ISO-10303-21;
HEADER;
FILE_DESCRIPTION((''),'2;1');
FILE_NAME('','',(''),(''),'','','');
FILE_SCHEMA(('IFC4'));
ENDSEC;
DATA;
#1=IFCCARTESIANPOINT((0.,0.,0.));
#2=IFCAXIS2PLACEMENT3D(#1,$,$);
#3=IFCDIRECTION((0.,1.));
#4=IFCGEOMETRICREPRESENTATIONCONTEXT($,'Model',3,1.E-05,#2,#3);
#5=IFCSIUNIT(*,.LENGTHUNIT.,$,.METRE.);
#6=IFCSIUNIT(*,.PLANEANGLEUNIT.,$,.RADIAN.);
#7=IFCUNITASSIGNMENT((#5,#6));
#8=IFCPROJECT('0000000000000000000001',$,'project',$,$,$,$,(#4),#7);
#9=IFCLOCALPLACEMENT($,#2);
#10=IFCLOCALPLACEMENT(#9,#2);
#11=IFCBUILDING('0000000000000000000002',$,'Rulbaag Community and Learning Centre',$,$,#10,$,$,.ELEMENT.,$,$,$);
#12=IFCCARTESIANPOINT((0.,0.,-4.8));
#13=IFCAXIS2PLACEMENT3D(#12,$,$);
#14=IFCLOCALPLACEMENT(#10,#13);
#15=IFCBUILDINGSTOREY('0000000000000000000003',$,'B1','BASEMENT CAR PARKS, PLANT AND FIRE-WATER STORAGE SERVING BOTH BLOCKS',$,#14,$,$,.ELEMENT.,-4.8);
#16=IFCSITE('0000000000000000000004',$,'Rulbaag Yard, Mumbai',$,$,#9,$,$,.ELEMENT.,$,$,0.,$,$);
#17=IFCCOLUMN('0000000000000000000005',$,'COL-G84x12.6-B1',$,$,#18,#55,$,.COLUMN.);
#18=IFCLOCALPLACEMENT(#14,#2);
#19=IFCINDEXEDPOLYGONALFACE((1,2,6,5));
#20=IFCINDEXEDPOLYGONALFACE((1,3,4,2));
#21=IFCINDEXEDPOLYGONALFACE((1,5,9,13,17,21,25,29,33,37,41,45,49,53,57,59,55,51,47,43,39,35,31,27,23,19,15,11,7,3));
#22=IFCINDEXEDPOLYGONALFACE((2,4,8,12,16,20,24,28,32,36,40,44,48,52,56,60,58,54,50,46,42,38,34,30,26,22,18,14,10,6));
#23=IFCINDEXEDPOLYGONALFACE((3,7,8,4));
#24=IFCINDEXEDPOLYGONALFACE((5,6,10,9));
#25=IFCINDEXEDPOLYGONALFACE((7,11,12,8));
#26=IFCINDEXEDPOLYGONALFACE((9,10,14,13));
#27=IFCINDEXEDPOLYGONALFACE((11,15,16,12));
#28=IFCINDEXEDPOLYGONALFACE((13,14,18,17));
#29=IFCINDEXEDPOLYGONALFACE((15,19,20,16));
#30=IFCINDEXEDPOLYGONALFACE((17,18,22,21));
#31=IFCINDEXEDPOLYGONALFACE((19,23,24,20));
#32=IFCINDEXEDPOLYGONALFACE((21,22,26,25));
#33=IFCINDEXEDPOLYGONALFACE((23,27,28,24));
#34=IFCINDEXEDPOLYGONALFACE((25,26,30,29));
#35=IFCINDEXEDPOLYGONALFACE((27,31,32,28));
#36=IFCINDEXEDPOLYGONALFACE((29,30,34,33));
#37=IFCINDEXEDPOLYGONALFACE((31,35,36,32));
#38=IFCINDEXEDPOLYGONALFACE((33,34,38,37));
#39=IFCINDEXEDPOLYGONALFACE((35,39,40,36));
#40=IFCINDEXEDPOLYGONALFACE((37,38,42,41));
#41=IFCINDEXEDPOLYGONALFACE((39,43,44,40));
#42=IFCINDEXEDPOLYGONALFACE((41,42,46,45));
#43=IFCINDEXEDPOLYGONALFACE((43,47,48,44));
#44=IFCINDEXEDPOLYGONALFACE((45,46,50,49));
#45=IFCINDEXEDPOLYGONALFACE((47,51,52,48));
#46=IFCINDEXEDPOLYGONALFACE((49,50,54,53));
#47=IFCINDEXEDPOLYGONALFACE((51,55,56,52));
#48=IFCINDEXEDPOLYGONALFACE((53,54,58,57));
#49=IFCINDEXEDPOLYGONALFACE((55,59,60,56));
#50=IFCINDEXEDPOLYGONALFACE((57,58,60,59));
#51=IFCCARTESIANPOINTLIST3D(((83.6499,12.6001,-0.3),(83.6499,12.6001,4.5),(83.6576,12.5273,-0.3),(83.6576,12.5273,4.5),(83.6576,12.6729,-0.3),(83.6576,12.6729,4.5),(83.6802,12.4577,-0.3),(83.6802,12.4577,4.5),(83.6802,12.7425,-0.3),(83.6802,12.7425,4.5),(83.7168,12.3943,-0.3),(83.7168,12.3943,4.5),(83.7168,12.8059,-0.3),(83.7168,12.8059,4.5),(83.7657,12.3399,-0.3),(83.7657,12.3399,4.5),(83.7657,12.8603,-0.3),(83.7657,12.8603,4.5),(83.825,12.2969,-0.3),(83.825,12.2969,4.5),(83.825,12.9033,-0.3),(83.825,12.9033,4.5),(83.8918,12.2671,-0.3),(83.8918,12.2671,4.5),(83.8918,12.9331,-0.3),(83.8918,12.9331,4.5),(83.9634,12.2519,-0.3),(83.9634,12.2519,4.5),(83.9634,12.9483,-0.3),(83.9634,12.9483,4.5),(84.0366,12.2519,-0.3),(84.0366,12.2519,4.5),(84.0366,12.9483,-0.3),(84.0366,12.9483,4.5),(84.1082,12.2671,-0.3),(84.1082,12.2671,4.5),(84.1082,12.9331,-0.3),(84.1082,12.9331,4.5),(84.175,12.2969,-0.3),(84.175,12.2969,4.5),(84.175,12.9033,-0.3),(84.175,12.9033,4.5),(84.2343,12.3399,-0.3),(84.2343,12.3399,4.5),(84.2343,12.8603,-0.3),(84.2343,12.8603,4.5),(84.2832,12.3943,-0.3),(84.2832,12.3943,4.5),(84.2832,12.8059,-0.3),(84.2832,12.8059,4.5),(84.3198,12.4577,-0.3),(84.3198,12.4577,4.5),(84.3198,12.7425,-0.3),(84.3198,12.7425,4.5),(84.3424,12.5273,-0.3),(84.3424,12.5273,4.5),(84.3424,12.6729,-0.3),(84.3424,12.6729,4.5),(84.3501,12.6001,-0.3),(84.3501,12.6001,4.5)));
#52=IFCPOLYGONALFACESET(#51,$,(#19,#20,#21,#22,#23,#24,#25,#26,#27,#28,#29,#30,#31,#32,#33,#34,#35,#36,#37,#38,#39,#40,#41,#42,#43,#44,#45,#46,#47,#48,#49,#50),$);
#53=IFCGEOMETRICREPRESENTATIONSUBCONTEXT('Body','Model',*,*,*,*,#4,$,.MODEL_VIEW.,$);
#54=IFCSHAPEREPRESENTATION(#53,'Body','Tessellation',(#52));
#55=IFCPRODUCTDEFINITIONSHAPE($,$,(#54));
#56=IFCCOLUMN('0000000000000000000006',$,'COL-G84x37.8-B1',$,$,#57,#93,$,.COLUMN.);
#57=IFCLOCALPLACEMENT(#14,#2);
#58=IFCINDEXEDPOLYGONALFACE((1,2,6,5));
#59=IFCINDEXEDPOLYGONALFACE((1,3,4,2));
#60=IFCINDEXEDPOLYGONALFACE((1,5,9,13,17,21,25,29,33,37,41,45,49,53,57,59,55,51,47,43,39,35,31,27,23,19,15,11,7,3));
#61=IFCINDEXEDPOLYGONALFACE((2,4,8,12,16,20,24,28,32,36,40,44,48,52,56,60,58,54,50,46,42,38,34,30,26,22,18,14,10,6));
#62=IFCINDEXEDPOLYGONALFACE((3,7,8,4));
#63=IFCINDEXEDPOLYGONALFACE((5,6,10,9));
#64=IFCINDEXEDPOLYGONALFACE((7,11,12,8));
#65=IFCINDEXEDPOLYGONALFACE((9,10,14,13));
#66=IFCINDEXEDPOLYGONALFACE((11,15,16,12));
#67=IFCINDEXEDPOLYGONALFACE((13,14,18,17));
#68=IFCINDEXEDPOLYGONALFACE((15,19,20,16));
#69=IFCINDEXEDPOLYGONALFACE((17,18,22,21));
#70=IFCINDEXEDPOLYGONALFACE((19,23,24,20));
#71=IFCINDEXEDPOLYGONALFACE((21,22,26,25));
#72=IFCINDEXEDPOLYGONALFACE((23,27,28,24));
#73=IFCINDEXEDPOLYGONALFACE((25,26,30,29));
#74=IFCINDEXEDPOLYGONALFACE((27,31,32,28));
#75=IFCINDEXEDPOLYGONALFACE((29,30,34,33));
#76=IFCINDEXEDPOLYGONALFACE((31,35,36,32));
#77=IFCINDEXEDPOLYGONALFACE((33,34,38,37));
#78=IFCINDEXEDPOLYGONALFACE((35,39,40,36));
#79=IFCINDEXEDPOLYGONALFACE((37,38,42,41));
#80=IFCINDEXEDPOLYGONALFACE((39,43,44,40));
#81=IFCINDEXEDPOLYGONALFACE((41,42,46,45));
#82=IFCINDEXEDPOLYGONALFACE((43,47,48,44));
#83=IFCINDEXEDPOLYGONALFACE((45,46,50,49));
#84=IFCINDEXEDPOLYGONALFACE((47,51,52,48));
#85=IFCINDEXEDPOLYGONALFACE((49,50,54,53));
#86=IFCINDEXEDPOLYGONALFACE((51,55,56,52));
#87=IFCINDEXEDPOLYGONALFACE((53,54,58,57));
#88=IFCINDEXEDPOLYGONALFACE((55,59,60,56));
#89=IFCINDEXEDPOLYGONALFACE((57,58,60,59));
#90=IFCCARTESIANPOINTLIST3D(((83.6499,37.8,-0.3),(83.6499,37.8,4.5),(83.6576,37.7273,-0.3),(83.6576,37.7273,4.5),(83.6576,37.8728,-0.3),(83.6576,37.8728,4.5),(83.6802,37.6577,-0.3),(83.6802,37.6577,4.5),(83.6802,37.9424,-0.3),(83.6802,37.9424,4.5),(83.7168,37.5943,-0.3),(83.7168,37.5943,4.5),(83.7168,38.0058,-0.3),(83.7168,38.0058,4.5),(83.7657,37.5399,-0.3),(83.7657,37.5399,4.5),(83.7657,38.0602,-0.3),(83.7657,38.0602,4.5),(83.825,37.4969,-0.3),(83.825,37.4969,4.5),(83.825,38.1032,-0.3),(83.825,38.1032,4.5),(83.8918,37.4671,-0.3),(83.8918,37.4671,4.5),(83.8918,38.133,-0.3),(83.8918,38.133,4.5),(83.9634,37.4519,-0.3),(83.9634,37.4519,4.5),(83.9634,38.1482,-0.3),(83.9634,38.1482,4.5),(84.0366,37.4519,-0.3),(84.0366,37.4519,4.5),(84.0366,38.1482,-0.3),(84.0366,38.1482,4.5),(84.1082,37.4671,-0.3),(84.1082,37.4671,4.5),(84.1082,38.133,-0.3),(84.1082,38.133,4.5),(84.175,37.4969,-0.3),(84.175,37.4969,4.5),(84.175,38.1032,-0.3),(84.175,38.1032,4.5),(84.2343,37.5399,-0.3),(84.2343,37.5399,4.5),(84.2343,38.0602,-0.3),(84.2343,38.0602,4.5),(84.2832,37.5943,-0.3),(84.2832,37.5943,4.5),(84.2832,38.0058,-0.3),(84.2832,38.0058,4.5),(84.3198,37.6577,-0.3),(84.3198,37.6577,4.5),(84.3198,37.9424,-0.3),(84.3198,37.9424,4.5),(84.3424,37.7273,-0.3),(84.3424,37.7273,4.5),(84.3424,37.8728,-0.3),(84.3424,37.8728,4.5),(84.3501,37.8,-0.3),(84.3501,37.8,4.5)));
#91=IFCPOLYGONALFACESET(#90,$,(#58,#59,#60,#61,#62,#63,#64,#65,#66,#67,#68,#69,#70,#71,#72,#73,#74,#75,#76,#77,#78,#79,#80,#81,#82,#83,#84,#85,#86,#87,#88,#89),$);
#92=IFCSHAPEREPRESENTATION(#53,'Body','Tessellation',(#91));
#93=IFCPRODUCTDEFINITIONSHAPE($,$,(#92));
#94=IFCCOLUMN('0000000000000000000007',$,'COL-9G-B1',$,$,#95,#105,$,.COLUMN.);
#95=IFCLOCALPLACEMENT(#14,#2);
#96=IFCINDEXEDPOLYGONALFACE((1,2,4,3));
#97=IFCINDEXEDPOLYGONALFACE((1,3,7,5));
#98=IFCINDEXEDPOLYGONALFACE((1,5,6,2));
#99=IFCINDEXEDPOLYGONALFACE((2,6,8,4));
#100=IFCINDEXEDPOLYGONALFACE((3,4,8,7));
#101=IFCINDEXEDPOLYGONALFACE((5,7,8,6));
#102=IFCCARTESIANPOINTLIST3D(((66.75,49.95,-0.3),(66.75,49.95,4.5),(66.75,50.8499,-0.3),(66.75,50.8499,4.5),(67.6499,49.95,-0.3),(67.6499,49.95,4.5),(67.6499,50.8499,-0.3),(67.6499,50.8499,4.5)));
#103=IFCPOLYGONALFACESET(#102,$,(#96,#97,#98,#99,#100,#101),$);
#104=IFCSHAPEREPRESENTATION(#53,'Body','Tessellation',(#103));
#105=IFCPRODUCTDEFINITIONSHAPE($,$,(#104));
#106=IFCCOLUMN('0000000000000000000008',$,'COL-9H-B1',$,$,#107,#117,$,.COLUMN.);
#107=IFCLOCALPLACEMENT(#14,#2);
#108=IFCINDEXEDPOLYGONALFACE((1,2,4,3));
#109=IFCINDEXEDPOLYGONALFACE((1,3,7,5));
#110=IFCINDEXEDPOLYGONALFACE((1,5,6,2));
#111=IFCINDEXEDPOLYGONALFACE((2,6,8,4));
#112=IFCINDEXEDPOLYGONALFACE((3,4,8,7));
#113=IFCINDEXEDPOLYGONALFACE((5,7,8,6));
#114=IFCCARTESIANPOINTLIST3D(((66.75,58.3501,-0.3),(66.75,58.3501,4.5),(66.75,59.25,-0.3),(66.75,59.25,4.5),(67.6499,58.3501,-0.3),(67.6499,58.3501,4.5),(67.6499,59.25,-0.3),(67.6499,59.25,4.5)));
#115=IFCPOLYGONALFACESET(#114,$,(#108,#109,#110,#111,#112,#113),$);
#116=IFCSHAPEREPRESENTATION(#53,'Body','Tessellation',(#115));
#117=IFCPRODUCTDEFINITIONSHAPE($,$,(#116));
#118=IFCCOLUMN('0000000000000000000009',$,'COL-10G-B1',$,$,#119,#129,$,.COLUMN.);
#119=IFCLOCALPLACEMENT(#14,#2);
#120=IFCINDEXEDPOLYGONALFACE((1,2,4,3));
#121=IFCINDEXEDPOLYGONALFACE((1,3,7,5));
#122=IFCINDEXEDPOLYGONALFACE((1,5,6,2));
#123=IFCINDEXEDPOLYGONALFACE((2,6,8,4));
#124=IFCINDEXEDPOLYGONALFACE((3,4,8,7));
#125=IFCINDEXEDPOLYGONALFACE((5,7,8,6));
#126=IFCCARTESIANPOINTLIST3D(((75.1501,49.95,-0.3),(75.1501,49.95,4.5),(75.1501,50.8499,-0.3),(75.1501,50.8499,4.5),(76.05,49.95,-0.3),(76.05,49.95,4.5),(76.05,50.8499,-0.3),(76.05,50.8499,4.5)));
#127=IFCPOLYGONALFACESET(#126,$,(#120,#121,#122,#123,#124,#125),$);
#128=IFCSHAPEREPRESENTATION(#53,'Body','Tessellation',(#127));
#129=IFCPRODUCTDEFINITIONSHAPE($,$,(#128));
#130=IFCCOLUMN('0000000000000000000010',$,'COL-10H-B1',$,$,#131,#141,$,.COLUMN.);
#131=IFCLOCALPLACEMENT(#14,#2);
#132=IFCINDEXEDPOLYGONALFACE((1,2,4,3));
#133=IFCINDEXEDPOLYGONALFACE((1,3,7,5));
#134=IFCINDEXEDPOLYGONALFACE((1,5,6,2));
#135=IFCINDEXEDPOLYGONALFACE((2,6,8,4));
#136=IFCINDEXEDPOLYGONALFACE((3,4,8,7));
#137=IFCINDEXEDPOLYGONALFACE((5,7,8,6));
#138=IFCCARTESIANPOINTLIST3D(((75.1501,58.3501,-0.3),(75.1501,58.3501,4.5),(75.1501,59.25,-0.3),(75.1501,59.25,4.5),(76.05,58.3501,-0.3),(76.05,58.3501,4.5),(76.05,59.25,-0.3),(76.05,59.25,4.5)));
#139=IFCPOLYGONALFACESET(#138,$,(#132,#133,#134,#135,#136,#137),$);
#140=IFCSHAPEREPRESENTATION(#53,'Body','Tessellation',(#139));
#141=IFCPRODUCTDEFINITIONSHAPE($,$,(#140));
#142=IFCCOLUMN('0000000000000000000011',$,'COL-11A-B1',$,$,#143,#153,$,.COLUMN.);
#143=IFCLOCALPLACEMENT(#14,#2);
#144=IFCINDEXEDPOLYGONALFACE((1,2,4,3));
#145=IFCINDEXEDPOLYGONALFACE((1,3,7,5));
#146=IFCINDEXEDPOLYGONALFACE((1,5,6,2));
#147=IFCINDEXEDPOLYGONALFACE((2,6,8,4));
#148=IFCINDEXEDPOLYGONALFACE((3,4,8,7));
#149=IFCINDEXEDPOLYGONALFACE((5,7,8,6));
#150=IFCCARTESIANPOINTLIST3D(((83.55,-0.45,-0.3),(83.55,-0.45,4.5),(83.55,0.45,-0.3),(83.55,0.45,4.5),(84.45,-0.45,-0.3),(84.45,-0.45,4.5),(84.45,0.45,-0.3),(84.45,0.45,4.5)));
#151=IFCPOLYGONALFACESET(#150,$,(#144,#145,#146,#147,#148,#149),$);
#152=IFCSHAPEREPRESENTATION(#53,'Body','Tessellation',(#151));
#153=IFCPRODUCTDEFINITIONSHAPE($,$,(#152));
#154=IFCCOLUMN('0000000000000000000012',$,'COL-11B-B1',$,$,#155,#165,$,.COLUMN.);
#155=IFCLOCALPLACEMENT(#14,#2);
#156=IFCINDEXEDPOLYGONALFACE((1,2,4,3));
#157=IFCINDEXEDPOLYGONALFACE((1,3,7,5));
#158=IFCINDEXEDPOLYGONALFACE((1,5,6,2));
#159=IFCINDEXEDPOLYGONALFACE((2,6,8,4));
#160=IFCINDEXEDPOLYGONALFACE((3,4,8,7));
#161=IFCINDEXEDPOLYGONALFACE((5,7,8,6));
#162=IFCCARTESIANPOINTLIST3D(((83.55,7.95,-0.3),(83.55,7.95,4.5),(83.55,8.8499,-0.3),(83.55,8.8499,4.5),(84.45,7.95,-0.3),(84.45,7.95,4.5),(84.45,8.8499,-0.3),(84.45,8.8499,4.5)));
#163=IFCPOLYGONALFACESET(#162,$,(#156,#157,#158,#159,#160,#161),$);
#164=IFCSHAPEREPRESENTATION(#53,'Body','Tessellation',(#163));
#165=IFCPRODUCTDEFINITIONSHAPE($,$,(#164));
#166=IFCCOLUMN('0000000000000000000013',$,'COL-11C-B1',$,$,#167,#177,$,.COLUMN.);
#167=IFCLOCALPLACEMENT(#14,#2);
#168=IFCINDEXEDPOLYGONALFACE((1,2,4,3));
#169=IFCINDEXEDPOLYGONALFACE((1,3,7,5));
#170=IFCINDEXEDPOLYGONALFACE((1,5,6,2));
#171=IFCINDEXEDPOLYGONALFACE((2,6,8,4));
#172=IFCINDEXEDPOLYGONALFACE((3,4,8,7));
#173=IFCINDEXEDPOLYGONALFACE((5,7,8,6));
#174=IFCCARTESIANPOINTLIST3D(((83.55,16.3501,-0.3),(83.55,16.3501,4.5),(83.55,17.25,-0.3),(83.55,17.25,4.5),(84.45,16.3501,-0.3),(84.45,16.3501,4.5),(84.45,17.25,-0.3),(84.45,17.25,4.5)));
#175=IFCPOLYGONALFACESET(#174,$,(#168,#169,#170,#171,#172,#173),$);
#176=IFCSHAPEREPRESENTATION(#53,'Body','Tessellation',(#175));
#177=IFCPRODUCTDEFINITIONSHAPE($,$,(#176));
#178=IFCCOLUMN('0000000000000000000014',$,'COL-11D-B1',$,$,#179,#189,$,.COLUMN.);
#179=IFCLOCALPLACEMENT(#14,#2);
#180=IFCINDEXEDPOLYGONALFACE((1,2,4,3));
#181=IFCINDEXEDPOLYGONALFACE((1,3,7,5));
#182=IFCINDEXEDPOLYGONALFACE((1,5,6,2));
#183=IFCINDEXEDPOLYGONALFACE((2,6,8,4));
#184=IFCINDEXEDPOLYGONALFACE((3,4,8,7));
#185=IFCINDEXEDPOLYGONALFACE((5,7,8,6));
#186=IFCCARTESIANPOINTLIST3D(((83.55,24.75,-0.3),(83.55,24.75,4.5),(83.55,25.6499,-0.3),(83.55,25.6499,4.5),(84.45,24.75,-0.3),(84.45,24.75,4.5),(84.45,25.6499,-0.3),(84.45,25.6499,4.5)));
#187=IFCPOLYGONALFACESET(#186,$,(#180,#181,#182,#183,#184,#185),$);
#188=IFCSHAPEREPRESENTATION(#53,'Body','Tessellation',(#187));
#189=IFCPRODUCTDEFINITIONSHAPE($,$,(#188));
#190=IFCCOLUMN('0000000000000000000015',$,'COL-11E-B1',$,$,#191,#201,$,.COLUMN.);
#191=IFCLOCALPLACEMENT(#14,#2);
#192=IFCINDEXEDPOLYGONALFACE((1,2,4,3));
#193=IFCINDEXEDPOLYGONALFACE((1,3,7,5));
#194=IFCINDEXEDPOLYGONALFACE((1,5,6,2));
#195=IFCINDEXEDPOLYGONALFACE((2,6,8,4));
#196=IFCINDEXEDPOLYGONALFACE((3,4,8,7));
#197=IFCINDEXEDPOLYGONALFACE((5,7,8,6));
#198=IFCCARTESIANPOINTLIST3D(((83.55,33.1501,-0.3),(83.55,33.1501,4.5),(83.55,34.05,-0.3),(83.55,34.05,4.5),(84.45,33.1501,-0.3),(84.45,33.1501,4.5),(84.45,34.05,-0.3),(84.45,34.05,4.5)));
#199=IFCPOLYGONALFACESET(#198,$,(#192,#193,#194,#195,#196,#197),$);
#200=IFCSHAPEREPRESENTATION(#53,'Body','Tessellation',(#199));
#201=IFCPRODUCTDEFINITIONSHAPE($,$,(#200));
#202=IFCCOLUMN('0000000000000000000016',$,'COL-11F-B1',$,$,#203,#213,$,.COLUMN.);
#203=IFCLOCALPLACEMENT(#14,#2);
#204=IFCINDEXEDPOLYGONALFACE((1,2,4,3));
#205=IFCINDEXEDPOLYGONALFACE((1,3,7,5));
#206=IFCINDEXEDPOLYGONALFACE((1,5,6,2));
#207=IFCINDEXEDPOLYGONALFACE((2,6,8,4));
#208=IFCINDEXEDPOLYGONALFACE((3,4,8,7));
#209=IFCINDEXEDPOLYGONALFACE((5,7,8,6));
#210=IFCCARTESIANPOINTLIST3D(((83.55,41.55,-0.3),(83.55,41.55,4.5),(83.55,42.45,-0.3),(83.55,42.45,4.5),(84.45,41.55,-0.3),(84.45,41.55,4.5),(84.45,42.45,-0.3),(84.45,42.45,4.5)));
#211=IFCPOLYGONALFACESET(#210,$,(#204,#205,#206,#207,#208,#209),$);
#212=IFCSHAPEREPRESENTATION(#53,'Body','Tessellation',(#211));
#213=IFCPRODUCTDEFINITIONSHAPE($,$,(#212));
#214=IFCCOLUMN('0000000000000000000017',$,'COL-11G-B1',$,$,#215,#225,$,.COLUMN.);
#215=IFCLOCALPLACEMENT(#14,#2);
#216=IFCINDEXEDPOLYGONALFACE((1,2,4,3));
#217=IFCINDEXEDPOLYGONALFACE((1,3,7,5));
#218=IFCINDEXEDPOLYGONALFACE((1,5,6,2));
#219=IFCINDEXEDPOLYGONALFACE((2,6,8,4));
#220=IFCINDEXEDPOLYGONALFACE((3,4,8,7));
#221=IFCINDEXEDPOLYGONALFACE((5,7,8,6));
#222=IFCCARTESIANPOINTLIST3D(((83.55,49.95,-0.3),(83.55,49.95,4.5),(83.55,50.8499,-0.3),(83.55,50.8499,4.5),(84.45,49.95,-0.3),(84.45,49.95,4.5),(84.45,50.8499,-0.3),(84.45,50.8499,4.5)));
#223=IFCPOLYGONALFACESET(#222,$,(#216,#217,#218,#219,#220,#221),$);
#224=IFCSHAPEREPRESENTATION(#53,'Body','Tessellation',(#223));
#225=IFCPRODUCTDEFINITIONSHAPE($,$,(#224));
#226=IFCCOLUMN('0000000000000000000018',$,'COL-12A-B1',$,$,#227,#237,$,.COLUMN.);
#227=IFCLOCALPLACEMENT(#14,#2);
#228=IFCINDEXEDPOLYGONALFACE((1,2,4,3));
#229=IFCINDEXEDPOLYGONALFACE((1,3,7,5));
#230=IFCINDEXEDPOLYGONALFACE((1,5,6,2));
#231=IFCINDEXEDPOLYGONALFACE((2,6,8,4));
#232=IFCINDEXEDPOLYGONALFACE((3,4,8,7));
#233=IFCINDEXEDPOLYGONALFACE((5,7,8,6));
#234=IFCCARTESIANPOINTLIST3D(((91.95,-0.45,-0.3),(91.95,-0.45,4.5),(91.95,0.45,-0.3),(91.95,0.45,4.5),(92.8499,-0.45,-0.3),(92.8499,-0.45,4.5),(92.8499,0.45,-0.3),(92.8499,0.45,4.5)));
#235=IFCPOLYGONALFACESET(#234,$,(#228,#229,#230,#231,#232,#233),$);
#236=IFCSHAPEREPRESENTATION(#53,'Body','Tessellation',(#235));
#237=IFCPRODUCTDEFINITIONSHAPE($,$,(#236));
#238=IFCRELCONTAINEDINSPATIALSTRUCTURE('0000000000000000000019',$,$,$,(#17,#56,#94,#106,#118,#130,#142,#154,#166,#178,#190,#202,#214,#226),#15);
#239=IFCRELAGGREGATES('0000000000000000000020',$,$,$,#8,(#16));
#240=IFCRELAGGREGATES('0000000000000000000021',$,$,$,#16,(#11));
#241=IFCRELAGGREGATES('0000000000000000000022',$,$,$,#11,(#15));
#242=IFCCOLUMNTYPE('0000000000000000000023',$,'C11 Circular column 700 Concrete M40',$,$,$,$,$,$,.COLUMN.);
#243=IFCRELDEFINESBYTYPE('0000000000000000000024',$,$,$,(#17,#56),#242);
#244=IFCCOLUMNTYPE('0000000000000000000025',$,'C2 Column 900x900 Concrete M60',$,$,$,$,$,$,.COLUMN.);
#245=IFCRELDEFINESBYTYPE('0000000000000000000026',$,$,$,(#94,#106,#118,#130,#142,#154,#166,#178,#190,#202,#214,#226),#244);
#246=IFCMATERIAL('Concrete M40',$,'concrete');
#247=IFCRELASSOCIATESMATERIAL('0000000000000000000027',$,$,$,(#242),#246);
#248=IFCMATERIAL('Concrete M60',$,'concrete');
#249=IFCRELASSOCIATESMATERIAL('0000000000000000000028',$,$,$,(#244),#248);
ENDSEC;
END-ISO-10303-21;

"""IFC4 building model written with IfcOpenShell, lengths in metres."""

from ifc_helpers import new_model, si_unit, direction, frame, origin, origin_2d, place, context, subcontext, project, spatial, rectangle, circle, extrude, material, material_profile, profile_set, type_object, element, save


model = new_model("IFC4")

# Units and contexts
model_context = context("Model", 3, precision=1e-05, world=origin(), true_north=direction((0.0, 1.0)))
body_context = subcontext(model_context, "Body", "Model", "MODEL_VIEW")
ifc_project = project(units=[si_unit("LENGTHUNIT", "METRE"), si_unit("PLANEANGLEUNIT", "RADIAN")], contexts=[model_context])

# Site, building, storey
site_placement = place(None, origin())
site = spatial("IfcSite", under=ifc_project, at=site_placement, Name="Rulbaag Yard, Mumbai", CompositionType="ELEMENT", RefElevation=0.0)
building_placement = place(site_placement, origin())
building = spatial("IfcBuilding", under=site, at=building_placement, Name="Rulbaag Community and Learning Centre", CompositionType="ELEMENT")
storey_placement = place(building_placement, frame((0.0, 0.0, -4.8)))
storey = spatial("IfcBuildingStorey", under=building, at=storey_placement, Name="B1", Description="BASEMENT CAR PARKS, PLANT AND FIRE-WATER STORAGE SERVING BOTH BLOCKS", CompositionType="ELEMENT", Elevation=-4.8)

# Columns
ifc_material_1 = material(Name="Concrete M40", Category="concrete")
ifc_material_profile_1 = material_profile(ifc_material_1, circle(Radius=0.3501, at=origin_2d()), Name="RD700")
ifc_profile_set_1 = profile_set([ifc_material_profile_1], Name="Concrete M40")
column_type_1 = type_object("IfcColumnType", Name="C11 Circular column 700 Concrete M40", PredefinedType="COLUMN", material=ifc_profile_set_1)
for number, where, z_axis, x_axis, name in (
    (1, (84.0, 12.6001, -0.3), (0.0, 0.0, 1.0), (1.0, 0.0, 0.0), "COL-G84x12.6-B1"),
    (2, (84.0, 37.8, -0.3), (0.0, 0.0, 1.0), (1.0, 0.0, 0.0), "COL-G84x37.8-B1"),
):
    element("IfcColumn", number, at=place(storey_placement, frame(where, z_axis=z_axis, x_axis=x_axis)), inside=storey, type_object=column_type_1, Name=name, PredefinedType="COLUMN", context=body_context, shape_type="SweptSolid", body=[
        extrude(circle(Radius=0.3501, at=origin_2d()), origin(), (0.0, 0.0, 1.0), 4.8),
    ])
ifc_material_2 = material(Name="Concrete M60", Category="concrete")
ifc_material_profile_2 = material_profile(ifc_material_2, rectangle(XDim=0.8999, YDim=0.8999, at=origin_2d()), Name="RC900x900")
ifc_profile_set_2 = profile_set([ifc_material_profile_2], Name="Concrete M60")
column_type_2 = type_object("IfcColumnType", Name="C2 Column 900x900 Concrete M60", PredefinedType="COLUMN", material=ifc_profile_set_2)
for number, where, z_axis, x_axis, name in (
    (3, (67.2, 50.3999, -0.3), (0.0, 0.0, 1.0), (1.0, 0.0, 0.0), "COL-9G-B1"),
    (4, (67.2, 58.8, -0.3), (0.0, 0.0, 1.0), (1.0, 0.0, 0.0), "COL-9H-B1"),
    (5, (75.6001, 50.3999, -0.3), (0.0, 0.0, 1.0), (1.0, 0.0, 0.0), "COL-10G-B1"),
    (6, (75.6001, 58.8, -0.3), (0.0, 0.0, 1.0), (1.0, 0.0, 0.0), "COL-10H-B1"),
    (7, (84.0, 0.0, -0.3), (0.0, 0.0, 1.0), (1.0, 0.0, 0.0), "COL-11A-B1"),
    (8, (84.0, 8.3999, -0.3), (0.0, 0.0, 1.0), (1.0, 0.0, 0.0), "COL-11B-B1"),
    (9, (84.0, 16.8, -0.3), (0.0, 0.0, 1.0), (1.0, 0.0, 0.0), "COL-11C-B1"),
    (10, (84.0, 25.2, -0.3), (0.0, 0.0, 1.0), (1.0, 0.0, 0.0), "COL-11D-B1"),
    (11, (84.0, 33.6001, -0.3), (0.0, 0.0, 1.0), (1.0, 0.0, 0.0), "COL-11E-B1"),
    (12, (84.0, 42.0, -0.3), (0.0, 0.0, 1.0), (1.0, 0.0, 0.0), "COL-11F-B1"),
    (13, (84.0, 50.3999, -0.3), (0.0, 0.0, 1.0), (1.0, 0.0, 0.0), "COL-11G-B1"),
    (14, (92.3999, 0.0, -0.3), (0.0, 0.0, 1.0), (1.0, 0.0, 0.0), "COL-12A-B1"),
):
    element("IfcColumn", number, at=place(storey_placement, frame(where, z_axis=z_axis, x_axis=x_axis)), inside=storey, type_object=column_type_2, Name=name, PredefinedType="COLUMN", context=body_context, shape_type="SweptSolid", body=[
        extrude(rectangle(XDim=0.8999, YDim=0.8999, at=origin_2d()), origin(), (0.0, 0.0, 1.0), 4.8),
    ])

save(model, "model.ifc")
